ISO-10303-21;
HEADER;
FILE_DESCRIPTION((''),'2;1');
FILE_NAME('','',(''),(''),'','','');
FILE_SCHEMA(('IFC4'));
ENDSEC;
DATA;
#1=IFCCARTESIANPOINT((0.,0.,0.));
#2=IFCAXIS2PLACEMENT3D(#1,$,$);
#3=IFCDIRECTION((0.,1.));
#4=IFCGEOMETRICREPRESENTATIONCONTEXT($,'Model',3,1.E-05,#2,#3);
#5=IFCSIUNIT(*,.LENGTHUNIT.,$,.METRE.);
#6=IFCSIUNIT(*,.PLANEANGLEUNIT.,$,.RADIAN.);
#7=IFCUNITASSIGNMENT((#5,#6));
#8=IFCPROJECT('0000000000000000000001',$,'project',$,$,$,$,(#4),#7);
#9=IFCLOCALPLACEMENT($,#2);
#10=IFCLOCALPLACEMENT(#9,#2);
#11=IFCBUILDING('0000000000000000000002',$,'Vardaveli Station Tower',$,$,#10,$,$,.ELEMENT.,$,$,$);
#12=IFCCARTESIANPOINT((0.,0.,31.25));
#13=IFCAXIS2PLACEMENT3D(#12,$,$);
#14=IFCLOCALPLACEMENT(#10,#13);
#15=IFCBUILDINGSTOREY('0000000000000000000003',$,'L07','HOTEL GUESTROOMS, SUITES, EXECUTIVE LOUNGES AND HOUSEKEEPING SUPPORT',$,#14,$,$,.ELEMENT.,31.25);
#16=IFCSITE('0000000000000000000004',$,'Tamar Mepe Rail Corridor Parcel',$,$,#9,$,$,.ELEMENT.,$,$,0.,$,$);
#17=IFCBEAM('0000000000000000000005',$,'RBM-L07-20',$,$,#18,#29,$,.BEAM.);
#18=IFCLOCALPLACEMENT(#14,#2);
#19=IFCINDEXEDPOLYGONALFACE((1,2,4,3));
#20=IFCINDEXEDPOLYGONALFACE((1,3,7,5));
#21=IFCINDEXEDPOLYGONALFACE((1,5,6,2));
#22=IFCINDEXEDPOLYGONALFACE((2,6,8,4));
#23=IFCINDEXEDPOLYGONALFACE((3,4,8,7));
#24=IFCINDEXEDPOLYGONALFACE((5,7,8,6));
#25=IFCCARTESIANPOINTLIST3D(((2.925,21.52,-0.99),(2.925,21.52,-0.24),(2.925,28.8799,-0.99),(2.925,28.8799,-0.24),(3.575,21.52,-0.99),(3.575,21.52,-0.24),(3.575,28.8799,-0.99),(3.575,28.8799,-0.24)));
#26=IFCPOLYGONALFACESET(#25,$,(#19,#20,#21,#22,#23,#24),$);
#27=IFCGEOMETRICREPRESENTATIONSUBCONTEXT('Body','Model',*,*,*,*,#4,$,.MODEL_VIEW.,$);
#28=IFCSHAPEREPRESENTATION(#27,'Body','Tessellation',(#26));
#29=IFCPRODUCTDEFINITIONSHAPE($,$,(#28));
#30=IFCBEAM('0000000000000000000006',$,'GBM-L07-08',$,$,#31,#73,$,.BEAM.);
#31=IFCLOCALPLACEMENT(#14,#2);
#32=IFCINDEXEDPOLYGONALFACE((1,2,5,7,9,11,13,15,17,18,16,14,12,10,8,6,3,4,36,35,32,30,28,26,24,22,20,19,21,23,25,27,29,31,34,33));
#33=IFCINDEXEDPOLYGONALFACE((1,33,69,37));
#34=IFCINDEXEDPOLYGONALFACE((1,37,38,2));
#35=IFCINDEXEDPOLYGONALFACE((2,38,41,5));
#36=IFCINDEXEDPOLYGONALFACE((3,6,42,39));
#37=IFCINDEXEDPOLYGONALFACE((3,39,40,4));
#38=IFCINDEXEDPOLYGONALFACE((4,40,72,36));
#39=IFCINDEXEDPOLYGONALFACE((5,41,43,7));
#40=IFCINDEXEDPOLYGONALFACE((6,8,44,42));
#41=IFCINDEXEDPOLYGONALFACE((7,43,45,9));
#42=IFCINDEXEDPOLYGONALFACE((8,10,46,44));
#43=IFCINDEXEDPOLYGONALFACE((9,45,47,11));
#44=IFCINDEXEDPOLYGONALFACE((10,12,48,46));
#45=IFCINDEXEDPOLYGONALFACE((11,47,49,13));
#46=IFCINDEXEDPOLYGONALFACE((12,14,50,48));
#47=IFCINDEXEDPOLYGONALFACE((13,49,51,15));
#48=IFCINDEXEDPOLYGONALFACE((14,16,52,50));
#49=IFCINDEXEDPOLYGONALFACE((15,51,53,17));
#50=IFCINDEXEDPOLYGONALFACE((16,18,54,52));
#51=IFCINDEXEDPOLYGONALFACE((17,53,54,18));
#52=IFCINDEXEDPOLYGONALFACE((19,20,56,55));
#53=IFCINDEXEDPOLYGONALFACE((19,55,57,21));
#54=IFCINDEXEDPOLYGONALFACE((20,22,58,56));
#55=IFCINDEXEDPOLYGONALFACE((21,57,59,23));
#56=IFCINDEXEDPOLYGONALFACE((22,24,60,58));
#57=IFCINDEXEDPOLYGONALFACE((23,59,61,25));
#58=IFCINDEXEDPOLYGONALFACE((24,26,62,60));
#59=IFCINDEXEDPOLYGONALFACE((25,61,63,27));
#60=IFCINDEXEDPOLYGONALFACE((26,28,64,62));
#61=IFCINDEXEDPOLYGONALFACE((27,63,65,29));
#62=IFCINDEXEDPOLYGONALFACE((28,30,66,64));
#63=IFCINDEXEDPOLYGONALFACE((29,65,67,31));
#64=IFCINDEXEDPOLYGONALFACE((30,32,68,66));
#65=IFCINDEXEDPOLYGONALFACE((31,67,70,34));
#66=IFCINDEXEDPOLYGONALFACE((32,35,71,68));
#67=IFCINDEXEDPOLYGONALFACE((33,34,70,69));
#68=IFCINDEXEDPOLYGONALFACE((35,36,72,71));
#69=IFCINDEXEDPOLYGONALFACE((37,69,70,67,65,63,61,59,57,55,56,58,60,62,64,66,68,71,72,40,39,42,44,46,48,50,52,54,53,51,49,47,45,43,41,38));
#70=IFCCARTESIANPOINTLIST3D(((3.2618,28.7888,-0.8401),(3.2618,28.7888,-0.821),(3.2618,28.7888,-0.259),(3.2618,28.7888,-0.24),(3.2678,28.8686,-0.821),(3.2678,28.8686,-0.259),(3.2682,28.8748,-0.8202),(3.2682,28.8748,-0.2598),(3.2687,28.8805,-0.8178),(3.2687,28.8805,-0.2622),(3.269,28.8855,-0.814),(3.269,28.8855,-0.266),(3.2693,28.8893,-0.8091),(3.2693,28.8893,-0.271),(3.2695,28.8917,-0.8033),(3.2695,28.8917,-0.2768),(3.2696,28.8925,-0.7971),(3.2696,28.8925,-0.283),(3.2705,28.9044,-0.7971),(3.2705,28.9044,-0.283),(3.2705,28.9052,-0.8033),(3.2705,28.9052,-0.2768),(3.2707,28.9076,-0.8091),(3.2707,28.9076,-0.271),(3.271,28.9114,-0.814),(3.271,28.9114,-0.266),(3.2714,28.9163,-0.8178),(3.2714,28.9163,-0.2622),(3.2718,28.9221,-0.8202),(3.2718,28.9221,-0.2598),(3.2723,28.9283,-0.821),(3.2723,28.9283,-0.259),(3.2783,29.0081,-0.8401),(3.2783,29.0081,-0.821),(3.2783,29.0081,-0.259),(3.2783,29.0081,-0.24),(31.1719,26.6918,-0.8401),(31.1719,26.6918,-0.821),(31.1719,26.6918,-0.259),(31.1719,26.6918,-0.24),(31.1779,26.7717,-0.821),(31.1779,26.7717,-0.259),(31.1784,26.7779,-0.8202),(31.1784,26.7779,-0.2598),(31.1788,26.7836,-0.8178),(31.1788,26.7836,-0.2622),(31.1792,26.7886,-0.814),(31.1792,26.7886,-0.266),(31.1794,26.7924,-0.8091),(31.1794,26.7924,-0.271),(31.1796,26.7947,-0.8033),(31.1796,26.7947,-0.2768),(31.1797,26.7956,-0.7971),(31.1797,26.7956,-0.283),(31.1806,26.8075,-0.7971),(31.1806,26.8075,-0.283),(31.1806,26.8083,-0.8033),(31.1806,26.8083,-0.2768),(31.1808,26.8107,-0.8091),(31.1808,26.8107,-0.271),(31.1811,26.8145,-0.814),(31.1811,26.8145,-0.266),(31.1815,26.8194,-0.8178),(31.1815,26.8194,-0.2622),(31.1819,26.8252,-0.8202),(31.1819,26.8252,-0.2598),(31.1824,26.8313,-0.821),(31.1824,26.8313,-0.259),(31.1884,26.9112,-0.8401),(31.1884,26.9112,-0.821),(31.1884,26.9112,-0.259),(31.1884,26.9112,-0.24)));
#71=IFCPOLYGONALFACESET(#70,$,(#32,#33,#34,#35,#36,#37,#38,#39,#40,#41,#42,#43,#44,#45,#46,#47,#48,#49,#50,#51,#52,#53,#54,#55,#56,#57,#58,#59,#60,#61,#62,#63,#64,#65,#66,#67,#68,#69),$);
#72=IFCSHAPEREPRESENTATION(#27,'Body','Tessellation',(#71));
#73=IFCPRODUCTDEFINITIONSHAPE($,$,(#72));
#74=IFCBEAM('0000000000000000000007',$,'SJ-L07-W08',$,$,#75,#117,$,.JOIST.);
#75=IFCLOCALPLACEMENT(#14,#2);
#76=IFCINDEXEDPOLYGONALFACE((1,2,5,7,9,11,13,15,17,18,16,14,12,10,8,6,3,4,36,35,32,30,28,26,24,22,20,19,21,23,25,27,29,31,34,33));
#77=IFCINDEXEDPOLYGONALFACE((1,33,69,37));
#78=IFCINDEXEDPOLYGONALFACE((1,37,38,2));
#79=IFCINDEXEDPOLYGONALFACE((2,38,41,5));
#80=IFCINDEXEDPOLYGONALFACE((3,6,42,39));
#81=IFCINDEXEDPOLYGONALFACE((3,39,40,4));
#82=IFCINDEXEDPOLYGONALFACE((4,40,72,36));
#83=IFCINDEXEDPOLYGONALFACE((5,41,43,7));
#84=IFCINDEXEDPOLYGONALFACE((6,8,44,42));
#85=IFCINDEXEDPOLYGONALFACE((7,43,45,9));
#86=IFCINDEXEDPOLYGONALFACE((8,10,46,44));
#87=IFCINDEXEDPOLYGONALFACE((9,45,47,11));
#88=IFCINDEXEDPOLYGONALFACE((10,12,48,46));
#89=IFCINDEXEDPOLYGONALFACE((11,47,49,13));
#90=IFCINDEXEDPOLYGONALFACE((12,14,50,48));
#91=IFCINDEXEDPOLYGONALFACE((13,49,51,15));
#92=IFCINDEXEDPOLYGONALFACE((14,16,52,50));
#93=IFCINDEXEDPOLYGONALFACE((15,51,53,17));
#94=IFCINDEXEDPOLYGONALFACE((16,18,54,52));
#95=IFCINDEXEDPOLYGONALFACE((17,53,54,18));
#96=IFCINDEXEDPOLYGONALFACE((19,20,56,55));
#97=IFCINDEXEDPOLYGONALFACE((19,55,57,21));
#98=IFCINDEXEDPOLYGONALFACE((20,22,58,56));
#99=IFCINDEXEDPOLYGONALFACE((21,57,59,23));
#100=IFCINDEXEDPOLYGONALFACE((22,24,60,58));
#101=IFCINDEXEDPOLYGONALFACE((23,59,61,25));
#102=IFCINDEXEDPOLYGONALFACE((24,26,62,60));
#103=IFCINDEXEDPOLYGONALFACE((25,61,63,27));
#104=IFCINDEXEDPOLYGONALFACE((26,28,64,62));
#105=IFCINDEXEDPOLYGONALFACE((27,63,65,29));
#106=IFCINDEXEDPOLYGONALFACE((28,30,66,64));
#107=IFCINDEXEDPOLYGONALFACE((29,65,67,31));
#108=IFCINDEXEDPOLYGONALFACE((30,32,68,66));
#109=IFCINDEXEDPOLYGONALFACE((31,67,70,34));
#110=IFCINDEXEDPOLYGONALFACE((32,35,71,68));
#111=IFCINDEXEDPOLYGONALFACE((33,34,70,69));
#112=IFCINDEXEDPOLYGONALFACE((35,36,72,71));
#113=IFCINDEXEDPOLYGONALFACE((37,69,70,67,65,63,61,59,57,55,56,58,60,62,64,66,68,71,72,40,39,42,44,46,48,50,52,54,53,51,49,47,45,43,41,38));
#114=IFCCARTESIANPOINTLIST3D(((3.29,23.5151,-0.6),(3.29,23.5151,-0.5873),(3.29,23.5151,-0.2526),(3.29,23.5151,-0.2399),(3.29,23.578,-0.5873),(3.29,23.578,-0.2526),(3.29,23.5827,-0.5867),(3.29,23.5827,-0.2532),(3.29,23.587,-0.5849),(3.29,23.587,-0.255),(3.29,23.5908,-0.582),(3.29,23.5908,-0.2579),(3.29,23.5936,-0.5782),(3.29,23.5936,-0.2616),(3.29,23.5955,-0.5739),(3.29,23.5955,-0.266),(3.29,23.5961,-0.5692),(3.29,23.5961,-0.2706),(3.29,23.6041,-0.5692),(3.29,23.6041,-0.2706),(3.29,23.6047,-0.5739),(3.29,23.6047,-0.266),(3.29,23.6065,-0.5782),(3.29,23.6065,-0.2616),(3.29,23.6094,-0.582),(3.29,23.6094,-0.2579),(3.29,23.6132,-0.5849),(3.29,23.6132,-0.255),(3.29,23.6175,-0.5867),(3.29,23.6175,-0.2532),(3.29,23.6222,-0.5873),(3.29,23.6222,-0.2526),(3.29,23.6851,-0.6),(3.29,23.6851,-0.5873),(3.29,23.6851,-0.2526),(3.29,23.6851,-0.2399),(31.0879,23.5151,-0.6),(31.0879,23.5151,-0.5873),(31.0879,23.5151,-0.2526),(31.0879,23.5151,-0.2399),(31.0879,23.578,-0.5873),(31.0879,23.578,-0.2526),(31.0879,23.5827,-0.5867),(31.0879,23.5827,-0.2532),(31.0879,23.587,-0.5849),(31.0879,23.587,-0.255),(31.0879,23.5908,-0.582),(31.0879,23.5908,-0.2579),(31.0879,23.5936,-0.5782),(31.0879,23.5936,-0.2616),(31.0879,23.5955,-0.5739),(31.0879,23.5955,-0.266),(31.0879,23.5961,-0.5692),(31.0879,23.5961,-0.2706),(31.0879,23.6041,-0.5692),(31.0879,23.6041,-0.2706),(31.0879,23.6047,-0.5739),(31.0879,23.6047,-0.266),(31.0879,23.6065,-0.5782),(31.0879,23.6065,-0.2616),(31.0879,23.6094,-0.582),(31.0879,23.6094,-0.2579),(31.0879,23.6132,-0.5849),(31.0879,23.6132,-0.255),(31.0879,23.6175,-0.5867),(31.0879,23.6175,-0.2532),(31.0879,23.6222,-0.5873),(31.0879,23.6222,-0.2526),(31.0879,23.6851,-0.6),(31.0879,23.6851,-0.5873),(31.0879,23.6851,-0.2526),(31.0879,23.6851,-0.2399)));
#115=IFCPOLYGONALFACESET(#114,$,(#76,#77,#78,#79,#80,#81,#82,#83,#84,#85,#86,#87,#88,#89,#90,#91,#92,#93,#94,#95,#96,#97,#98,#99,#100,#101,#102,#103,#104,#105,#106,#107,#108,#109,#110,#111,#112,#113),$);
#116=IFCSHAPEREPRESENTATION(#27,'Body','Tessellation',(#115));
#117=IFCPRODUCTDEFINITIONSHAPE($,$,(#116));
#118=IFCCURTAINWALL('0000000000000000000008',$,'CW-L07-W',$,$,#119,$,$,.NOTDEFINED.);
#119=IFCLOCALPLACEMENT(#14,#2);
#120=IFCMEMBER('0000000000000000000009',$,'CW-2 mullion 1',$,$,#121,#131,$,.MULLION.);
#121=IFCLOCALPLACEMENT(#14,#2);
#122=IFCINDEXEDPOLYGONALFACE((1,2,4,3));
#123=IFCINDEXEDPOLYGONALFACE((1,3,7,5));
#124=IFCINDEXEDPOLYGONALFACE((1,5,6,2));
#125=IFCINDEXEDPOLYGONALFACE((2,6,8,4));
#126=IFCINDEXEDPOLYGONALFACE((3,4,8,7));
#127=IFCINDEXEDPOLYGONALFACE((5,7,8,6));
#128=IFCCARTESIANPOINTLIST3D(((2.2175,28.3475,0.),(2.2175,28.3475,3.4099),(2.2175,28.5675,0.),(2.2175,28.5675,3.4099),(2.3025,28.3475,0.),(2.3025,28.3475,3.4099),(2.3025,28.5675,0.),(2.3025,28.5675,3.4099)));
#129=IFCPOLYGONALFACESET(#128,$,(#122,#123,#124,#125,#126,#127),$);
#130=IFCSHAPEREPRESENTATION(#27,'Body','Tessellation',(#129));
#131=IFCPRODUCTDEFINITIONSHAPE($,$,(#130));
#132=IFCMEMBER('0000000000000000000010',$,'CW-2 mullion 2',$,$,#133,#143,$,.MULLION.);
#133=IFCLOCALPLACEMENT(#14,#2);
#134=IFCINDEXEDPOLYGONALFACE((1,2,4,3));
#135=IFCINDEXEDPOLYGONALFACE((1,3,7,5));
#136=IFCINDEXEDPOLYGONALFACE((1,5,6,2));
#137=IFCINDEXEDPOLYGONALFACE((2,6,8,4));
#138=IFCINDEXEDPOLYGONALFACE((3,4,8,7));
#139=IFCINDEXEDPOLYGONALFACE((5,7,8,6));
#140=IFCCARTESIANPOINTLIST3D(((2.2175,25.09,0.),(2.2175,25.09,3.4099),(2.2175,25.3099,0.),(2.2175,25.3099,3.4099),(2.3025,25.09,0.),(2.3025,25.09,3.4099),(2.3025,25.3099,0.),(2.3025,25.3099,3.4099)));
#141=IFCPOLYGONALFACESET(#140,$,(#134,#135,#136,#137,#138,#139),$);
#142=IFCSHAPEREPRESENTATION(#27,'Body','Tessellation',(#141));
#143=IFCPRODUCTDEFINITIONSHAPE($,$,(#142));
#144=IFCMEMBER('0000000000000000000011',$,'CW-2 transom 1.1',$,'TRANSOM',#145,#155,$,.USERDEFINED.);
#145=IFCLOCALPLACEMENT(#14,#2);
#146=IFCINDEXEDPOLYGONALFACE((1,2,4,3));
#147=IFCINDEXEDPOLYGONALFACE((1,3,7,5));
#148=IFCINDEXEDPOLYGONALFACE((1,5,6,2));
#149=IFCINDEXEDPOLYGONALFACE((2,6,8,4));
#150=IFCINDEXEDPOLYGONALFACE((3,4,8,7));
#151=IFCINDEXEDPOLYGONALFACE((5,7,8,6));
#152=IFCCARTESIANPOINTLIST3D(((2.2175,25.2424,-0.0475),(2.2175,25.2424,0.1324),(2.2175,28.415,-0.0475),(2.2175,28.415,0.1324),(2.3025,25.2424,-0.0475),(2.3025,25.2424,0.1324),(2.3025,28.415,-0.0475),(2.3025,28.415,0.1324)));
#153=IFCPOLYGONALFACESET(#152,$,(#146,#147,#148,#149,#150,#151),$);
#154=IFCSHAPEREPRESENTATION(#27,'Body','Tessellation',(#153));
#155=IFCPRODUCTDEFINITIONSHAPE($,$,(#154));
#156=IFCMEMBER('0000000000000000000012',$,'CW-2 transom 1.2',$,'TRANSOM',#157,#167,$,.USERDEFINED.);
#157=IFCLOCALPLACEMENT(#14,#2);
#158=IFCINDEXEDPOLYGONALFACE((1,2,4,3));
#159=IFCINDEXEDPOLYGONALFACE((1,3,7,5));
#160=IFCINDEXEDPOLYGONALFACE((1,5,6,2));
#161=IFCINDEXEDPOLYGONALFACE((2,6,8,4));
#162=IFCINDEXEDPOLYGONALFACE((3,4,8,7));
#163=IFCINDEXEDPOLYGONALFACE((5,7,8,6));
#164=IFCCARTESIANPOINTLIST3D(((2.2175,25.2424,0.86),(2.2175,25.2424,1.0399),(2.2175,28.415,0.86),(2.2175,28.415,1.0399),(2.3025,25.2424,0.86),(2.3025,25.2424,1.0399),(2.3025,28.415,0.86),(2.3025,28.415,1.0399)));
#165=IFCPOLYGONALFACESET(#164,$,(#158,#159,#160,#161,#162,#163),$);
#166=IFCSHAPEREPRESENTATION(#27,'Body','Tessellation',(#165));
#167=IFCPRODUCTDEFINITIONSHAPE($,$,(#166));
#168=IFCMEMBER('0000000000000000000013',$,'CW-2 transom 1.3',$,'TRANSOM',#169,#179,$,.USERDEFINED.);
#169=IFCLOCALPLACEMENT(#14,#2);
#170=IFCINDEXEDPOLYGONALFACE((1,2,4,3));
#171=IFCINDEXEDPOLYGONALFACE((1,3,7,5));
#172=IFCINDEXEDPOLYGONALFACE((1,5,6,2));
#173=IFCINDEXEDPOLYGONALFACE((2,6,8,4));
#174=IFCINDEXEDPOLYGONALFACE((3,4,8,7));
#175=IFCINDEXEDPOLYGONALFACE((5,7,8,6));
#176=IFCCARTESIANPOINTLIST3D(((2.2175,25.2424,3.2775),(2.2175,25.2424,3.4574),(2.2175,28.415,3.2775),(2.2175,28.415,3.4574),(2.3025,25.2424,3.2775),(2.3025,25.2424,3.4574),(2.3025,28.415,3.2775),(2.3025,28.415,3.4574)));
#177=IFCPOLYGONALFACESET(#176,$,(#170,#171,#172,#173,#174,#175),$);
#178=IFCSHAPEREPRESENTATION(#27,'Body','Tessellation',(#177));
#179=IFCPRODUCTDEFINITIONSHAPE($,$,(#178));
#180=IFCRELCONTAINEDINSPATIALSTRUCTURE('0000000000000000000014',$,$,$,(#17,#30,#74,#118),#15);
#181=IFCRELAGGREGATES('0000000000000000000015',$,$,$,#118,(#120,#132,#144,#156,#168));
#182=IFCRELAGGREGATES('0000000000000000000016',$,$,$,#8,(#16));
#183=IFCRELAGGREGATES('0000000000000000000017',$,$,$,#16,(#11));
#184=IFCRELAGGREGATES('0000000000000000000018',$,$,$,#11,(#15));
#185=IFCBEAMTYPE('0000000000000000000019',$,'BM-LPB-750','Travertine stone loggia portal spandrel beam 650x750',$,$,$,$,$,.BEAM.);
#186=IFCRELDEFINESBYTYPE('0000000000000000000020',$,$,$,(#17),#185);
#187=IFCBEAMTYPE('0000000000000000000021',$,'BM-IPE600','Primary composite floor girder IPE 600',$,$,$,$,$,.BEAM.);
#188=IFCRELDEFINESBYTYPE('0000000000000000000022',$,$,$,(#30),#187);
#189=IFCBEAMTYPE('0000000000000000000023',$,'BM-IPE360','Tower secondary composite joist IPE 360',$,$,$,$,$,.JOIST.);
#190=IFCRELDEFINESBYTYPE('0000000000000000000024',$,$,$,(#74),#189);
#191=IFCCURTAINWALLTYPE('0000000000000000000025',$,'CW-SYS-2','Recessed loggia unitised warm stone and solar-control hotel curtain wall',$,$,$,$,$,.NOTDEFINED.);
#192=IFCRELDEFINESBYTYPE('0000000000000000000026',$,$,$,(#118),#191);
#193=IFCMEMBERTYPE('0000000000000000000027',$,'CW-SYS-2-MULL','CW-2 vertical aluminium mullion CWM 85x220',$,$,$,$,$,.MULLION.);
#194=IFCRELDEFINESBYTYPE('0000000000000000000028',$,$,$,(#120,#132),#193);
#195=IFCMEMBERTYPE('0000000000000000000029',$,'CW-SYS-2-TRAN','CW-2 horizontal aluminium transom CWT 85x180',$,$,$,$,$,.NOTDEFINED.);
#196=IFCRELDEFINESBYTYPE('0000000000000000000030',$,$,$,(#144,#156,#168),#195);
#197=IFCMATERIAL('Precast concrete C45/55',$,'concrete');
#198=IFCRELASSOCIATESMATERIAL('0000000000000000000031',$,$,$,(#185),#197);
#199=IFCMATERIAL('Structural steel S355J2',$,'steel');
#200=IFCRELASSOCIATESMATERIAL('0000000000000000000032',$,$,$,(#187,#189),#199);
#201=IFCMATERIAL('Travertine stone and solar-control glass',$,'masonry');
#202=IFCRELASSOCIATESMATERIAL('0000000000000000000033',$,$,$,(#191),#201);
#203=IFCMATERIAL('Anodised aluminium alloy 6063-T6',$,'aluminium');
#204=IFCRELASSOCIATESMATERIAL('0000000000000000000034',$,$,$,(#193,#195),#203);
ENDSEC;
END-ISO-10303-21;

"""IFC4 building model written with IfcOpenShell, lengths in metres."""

from ifc_helpers import new_model, si_unit, direction, frame, origin, origin_2d, place, context, subcontext, project, spatial, rectangle, i_section, extrude, source, transform, mapped, material, material_profile, profile_set, type_object, element, aggregate, save


model = new_model("IFC4")

# Units and contexts
model_context = context("Model", 3, precision=1e-05, world=origin(), true_north=direction((0.0, 1.0)))
body_context = subcontext(model_context, "Body", "Model", "MODEL_VIEW")
ifc_project = project(units=[si_unit("LENGTHUNIT", "METRE"), si_unit("PLANEANGLEUNIT", "RADIAN")], contexts=[model_context])

# Site, building, storey
site_placement = place(None, origin())
site = spatial("IfcSite", under=ifc_project, at=site_placement, Name="Tamar Mepe Rail Corridor Parcel", CompositionType="ELEMENT", RefElevation=0.0)
building_placement = place(site_placement, origin())
building = spatial("IfcBuilding", under=site, at=building_placement, Name="Vardaveli Station Tower", CompositionType="ELEMENT")
storey_placement = place(building_placement, frame((0.0, 0.0, 31.25)))
storey = spatial("IfcBuildingStorey", under=building, at=storey_placement, Name="L07", Description="HOTEL GUESTROOMS, SUITES, EXECUTIVE LOUNGES AND HOUSEKEEPING SUPPORT", CompositionType="ELEMENT", Elevation=31.25)

# Beams
ifc_material_1 = material(Name="Precast concrete C45/55", Category="concrete")
ifc_material_profile_1 = material_profile(ifc_material_1, rectangle(XDim=0.6499, YDim=0.75, at=origin_2d()), Name="LPB 650x750")
ifc_profile_set_1 = profile_set([ifc_material_profile_1], Name="Precast concrete C45/55")
beam_type_1 = type_object("IfcBeamType", Name="BM-LPB-750", Description="Travertine stone loggia portal spandrel beam 650x750", PredefinedType="BEAM", material=ifc_profile_set_1)
shared_shape_1 = source(origin(), body_context, "Body", "SweptSolid", [
    extrude(rectangle(XDim=0.6499, YDim=0.75, at=origin_2d()), origin(), (0.0, 0.0, 1.0), 7.3599),
])
beam_1_placement = place(storey_placement, frame((3.25, 28.8799, -0.615), z_axis=(0.0, -1.0, 0.0), x_axis=(1.0, 0.0, 0.0)))
element("IfcBeam", 1, at=beam_1_placement, inside=storey, type_object=beam_type_1, Name="RBM-L07-20", PredefinedType="BEAM", context=body_context, shape_type="MappedRepresentation", body=[
    mapped(shared_shape_1, transform((0.0, 0.0, 0.0), scale=1.0)),
])
ifc_material_2 = material(Name="Structural steel S355J2", Category="steel")
ifc_material_profile_2 = material_profile(ifc_material_2, i_section(OverallWidth=0.22, OverallDepth=0.6001, WebThickness=0.012, FlangeThickness=0.019, FilletRadius=0.0239, at=origin_2d()), Name="IPE 600")
ifc_profile_set_2 = profile_set([ifc_material_profile_2], Name="Structural steel S355J2")
beam_type_2 = type_object("IfcBeamType", Name="BM-IPE600", Description="Primary composite floor girder IPE 600", PredefinedType="BEAM", material=ifc_profile_set_2)
shared_shape_2 = source(origin(), body_context, "Body", "SweptSolid", [
    extrude(i_section(OverallWidth=0.22, OverallDepth=0.6001, WebThickness=0.012, FlangeThickness=0.019, FilletRadius=0.0239, at=origin_2d()), origin(), (0.0, 0.0, 1.0), 27.9888),
])
beam_2_placement = place(storey_placement, frame((3.27, 28.8984, -0.54), z_axis=(0.99719, -0.07492, 0.0), x_axis=(0.07492, 0.99719, 0.0)))
element("IfcBeam", 2, at=beam_2_placement, inside=storey, type_object=beam_type_2, Name="GBM-L07-08", PredefinedType="BEAM", context=body_context, shape_type="MappedRepresentation", body=[
    mapped(shared_shape_2, transform((0.0, 0.0, 0.0), scale=1.0)),
])
ifc_material_profile_3 = material_profile(ifc_material_2, i_section(OverallWidth=0.1699, OverallDepth=0.3601, WebThickness=0.0081, FlangeThickness=0.0127, FilletRadius=0.0181, at=origin_2d()), Name="IPE 360")
ifc_profile_set_3 = profile_set([ifc_material_profile_3], Name="Structural steel S355J2")
beam_type_3 = type_object("IfcBeamType", Name="BM-IPE360", Description="Tower secondary composite joist IPE 360", PredefinedType="JOIST", material=ifc_profile_set_3)
shared_shape_3 = source(origin(), body_context, "Body", "SweptSolid", [
    extrude(i_section(OverallWidth=0.1699, OverallDepth=0.3601, WebThickness=0.0081, FlangeThickness=0.0127, FilletRadius=0.0181, at=origin_2d()), origin(), (0.0, 0.0, 1.0), 27.7979),
])
beam_3_placement = place(storey_placement, frame((3.29, 23.6001, -0.4199), z_axis=(1.0, 0.0, 0.0), x_axis=(0.0, 1.0, 0.0)))
element("IfcBeam", 3, at=beam_3_placement, inside=storey, type_object=beam_type_3, Name="SJ-L07-W08", PredefinedType="JOIST", context=body_context, shape_type="MappedRepresentation", body=[
    mapped(shared_shape_3, transform((0.0, 0.0, 0.0), scale=1.0)),
])

# Curtain wall, members
ifc_material_3 = material(Name="Travertine stone and solar-control glass", Category="masonry")
curtain_wall_type = type_object("IfcCurtainWallType", Name="CW-SYS-2", Description="Recessed loggia unitised warm stone and solar-control hotel curtain wall", PredefinedType="NOTDEFINED", material=ifc_material_3)
curtain_wall_placement = place(storey_placement, origin())
curtain_wall = element("IfcCurtainWall", 4, at=curtain_wall_placement, inside=storey, type_object=curtain_wall_type, Name="CW-L07-W", PredefinedType="NOTDEFINED")
ifc_material_4 = material(Name="Anodised aluminium alloy 6063-T6", Category="aluminium")
ifc_material_profile_4 = material_profile(ifc_material_4, rectangle(XDim=0.085, YDim=0.22, at=origin_2d()), Name="CWM 85x220")
ifc_profile_set_4 = profile_set([ifc_material_profile_4], Name="Anodised aluminium alloy 6063-T6")
member_type_1 = type_object("IfcMemberType", Name="CW-SYS-2-MULL", Description="CW-2 vertical aluminium mullion CWM 85x220", PredefinedType="MULLION", material=ifc_profile_set_4)
shared_shape_4 = source(origin(), body_context, "Body", "SweptSolid", [
    extrude(rectangle(XDim=0.085, YDim=0.22, at=origin_2d()), origin(), (0.0, 0.0, 1.0), 3.4099),
])
member_1_placement = place(storey_placement, frame((2.26, 28.4575, 0.0), z_axis=(0.0, 0.0, 1.0), x_axis=(1.0, 0.0, 0.0)))
member_1 = element("IfcMember", 5, at=member_1_placement, type_object=member_type_1, Name="CW-2 mullion 1", PredefinedType="MULLION", context=body_context, shape_type="MappedRepresentation", body=[
    mapped(shared_shape_4, transform((0.0, 0.0, 0.0), scale=1.0)),
])
member_2_placement = place(storey_placement, frame((2.26, 25.2, 0.0), z_axis=(0.0, 0.0, 1.0), x_axis=(1.0, 0.0, 0.0)))
member_2 = element("IfcMember", 6, at=member_2_placement, type_object=member_type_1, Name="CW-2 mullion 2", PredefinedType="MULLION", context=body_context, shape_type="MappedRepresentation", body=[
    mapped(shared_shape_4, transform((0.0, 0.0, 0.0), scale=1.0)),
])
ifc_material_profile_5 = material_profile(ifc_material_4, rectangle(XDim=0.085, YDim=0.1799, at=origin_2d()), Name="CWT 85x180")
ifc_profile_set_5 = profile_set([ifc_material_profile_5], Name="Anodised aluminium alloy 6063-T6")
member_type_2 = type_object("IfcMemberType", Name="CW-SYS-2-TRAN", Description="CW-2 horizontal aluminium transom CWT 85x180", PredefinedType="NOTDEFINED", material=ifc_profile_set_5)
shared_shape_5 = source(origin(), body_context, "Body", "SweptSolid", [
    extrude(rectangle(XDim=0.085, YDim=0.1799, at=origin_2d()), origin(), (0.0, 0.0, 1.0), 3.1726),
])
member_3_placement = place(storey_placement, frame((2.26, 28.415, 0.0425), z_axis=(0.0, -1.0, 0.0), x_axis=(1.0, 0.0, 0.0)))
member_3 = element("IfcMember", 7, at=member_3_placement, type_object=member_type_2, Name="CW-2 transom 1.1", ObjectType="TRANSOM", PredefinedType="USERDEFINED", context=body_context, shape_type="MappedRepresentation", body=[
    mapped(shared_shape_5, transform((0.0, 0.0, 0.0), scale=1.0)),
])
member_4_placement = place(storey_placement, frame((2.26, 28.415, 0.95), z_axis=(0.0, -1.0, 0.0), x_axis=(1.0, 0.0, 0.0)))
member_4 = element("IfcMember", 8, at=member_4_placement, type_object=member_type_2, Name="CW-2 transom 1.2", ObjectType="TRANSOM", PredefinedType="USERDEFINED", context=body_context, shape_type="MappedRepresentation", body=[
    mapped(shared_shape_5, transform((0.0, 0.0, 0.0), scale=1.0)),
])
member_5_placement = place(storey_placement, frame((2.26, 28.415, 3.3674), z_axis=(0.0, -1.0, 0.0), x_axis=(1.0, 0.0, 0.0)))
member_5 = element("IfcMember", 9, at=member_5_placement, type_object=member_type_2, Name="CW-2 transom 1.3", ObjectType="TRANSOM", PredefinedType="USERDEFINED", context=body_context, shape_type="MappedRepresentation", body=[
    mapped(shared_shape_5, transform((0.0, 0.0, 0.0), scale=1.0)),
])
aggregate(curtain_wall, [member_1, member_2, member_3, member_4, member_5])

save(model, "model.ifc")
